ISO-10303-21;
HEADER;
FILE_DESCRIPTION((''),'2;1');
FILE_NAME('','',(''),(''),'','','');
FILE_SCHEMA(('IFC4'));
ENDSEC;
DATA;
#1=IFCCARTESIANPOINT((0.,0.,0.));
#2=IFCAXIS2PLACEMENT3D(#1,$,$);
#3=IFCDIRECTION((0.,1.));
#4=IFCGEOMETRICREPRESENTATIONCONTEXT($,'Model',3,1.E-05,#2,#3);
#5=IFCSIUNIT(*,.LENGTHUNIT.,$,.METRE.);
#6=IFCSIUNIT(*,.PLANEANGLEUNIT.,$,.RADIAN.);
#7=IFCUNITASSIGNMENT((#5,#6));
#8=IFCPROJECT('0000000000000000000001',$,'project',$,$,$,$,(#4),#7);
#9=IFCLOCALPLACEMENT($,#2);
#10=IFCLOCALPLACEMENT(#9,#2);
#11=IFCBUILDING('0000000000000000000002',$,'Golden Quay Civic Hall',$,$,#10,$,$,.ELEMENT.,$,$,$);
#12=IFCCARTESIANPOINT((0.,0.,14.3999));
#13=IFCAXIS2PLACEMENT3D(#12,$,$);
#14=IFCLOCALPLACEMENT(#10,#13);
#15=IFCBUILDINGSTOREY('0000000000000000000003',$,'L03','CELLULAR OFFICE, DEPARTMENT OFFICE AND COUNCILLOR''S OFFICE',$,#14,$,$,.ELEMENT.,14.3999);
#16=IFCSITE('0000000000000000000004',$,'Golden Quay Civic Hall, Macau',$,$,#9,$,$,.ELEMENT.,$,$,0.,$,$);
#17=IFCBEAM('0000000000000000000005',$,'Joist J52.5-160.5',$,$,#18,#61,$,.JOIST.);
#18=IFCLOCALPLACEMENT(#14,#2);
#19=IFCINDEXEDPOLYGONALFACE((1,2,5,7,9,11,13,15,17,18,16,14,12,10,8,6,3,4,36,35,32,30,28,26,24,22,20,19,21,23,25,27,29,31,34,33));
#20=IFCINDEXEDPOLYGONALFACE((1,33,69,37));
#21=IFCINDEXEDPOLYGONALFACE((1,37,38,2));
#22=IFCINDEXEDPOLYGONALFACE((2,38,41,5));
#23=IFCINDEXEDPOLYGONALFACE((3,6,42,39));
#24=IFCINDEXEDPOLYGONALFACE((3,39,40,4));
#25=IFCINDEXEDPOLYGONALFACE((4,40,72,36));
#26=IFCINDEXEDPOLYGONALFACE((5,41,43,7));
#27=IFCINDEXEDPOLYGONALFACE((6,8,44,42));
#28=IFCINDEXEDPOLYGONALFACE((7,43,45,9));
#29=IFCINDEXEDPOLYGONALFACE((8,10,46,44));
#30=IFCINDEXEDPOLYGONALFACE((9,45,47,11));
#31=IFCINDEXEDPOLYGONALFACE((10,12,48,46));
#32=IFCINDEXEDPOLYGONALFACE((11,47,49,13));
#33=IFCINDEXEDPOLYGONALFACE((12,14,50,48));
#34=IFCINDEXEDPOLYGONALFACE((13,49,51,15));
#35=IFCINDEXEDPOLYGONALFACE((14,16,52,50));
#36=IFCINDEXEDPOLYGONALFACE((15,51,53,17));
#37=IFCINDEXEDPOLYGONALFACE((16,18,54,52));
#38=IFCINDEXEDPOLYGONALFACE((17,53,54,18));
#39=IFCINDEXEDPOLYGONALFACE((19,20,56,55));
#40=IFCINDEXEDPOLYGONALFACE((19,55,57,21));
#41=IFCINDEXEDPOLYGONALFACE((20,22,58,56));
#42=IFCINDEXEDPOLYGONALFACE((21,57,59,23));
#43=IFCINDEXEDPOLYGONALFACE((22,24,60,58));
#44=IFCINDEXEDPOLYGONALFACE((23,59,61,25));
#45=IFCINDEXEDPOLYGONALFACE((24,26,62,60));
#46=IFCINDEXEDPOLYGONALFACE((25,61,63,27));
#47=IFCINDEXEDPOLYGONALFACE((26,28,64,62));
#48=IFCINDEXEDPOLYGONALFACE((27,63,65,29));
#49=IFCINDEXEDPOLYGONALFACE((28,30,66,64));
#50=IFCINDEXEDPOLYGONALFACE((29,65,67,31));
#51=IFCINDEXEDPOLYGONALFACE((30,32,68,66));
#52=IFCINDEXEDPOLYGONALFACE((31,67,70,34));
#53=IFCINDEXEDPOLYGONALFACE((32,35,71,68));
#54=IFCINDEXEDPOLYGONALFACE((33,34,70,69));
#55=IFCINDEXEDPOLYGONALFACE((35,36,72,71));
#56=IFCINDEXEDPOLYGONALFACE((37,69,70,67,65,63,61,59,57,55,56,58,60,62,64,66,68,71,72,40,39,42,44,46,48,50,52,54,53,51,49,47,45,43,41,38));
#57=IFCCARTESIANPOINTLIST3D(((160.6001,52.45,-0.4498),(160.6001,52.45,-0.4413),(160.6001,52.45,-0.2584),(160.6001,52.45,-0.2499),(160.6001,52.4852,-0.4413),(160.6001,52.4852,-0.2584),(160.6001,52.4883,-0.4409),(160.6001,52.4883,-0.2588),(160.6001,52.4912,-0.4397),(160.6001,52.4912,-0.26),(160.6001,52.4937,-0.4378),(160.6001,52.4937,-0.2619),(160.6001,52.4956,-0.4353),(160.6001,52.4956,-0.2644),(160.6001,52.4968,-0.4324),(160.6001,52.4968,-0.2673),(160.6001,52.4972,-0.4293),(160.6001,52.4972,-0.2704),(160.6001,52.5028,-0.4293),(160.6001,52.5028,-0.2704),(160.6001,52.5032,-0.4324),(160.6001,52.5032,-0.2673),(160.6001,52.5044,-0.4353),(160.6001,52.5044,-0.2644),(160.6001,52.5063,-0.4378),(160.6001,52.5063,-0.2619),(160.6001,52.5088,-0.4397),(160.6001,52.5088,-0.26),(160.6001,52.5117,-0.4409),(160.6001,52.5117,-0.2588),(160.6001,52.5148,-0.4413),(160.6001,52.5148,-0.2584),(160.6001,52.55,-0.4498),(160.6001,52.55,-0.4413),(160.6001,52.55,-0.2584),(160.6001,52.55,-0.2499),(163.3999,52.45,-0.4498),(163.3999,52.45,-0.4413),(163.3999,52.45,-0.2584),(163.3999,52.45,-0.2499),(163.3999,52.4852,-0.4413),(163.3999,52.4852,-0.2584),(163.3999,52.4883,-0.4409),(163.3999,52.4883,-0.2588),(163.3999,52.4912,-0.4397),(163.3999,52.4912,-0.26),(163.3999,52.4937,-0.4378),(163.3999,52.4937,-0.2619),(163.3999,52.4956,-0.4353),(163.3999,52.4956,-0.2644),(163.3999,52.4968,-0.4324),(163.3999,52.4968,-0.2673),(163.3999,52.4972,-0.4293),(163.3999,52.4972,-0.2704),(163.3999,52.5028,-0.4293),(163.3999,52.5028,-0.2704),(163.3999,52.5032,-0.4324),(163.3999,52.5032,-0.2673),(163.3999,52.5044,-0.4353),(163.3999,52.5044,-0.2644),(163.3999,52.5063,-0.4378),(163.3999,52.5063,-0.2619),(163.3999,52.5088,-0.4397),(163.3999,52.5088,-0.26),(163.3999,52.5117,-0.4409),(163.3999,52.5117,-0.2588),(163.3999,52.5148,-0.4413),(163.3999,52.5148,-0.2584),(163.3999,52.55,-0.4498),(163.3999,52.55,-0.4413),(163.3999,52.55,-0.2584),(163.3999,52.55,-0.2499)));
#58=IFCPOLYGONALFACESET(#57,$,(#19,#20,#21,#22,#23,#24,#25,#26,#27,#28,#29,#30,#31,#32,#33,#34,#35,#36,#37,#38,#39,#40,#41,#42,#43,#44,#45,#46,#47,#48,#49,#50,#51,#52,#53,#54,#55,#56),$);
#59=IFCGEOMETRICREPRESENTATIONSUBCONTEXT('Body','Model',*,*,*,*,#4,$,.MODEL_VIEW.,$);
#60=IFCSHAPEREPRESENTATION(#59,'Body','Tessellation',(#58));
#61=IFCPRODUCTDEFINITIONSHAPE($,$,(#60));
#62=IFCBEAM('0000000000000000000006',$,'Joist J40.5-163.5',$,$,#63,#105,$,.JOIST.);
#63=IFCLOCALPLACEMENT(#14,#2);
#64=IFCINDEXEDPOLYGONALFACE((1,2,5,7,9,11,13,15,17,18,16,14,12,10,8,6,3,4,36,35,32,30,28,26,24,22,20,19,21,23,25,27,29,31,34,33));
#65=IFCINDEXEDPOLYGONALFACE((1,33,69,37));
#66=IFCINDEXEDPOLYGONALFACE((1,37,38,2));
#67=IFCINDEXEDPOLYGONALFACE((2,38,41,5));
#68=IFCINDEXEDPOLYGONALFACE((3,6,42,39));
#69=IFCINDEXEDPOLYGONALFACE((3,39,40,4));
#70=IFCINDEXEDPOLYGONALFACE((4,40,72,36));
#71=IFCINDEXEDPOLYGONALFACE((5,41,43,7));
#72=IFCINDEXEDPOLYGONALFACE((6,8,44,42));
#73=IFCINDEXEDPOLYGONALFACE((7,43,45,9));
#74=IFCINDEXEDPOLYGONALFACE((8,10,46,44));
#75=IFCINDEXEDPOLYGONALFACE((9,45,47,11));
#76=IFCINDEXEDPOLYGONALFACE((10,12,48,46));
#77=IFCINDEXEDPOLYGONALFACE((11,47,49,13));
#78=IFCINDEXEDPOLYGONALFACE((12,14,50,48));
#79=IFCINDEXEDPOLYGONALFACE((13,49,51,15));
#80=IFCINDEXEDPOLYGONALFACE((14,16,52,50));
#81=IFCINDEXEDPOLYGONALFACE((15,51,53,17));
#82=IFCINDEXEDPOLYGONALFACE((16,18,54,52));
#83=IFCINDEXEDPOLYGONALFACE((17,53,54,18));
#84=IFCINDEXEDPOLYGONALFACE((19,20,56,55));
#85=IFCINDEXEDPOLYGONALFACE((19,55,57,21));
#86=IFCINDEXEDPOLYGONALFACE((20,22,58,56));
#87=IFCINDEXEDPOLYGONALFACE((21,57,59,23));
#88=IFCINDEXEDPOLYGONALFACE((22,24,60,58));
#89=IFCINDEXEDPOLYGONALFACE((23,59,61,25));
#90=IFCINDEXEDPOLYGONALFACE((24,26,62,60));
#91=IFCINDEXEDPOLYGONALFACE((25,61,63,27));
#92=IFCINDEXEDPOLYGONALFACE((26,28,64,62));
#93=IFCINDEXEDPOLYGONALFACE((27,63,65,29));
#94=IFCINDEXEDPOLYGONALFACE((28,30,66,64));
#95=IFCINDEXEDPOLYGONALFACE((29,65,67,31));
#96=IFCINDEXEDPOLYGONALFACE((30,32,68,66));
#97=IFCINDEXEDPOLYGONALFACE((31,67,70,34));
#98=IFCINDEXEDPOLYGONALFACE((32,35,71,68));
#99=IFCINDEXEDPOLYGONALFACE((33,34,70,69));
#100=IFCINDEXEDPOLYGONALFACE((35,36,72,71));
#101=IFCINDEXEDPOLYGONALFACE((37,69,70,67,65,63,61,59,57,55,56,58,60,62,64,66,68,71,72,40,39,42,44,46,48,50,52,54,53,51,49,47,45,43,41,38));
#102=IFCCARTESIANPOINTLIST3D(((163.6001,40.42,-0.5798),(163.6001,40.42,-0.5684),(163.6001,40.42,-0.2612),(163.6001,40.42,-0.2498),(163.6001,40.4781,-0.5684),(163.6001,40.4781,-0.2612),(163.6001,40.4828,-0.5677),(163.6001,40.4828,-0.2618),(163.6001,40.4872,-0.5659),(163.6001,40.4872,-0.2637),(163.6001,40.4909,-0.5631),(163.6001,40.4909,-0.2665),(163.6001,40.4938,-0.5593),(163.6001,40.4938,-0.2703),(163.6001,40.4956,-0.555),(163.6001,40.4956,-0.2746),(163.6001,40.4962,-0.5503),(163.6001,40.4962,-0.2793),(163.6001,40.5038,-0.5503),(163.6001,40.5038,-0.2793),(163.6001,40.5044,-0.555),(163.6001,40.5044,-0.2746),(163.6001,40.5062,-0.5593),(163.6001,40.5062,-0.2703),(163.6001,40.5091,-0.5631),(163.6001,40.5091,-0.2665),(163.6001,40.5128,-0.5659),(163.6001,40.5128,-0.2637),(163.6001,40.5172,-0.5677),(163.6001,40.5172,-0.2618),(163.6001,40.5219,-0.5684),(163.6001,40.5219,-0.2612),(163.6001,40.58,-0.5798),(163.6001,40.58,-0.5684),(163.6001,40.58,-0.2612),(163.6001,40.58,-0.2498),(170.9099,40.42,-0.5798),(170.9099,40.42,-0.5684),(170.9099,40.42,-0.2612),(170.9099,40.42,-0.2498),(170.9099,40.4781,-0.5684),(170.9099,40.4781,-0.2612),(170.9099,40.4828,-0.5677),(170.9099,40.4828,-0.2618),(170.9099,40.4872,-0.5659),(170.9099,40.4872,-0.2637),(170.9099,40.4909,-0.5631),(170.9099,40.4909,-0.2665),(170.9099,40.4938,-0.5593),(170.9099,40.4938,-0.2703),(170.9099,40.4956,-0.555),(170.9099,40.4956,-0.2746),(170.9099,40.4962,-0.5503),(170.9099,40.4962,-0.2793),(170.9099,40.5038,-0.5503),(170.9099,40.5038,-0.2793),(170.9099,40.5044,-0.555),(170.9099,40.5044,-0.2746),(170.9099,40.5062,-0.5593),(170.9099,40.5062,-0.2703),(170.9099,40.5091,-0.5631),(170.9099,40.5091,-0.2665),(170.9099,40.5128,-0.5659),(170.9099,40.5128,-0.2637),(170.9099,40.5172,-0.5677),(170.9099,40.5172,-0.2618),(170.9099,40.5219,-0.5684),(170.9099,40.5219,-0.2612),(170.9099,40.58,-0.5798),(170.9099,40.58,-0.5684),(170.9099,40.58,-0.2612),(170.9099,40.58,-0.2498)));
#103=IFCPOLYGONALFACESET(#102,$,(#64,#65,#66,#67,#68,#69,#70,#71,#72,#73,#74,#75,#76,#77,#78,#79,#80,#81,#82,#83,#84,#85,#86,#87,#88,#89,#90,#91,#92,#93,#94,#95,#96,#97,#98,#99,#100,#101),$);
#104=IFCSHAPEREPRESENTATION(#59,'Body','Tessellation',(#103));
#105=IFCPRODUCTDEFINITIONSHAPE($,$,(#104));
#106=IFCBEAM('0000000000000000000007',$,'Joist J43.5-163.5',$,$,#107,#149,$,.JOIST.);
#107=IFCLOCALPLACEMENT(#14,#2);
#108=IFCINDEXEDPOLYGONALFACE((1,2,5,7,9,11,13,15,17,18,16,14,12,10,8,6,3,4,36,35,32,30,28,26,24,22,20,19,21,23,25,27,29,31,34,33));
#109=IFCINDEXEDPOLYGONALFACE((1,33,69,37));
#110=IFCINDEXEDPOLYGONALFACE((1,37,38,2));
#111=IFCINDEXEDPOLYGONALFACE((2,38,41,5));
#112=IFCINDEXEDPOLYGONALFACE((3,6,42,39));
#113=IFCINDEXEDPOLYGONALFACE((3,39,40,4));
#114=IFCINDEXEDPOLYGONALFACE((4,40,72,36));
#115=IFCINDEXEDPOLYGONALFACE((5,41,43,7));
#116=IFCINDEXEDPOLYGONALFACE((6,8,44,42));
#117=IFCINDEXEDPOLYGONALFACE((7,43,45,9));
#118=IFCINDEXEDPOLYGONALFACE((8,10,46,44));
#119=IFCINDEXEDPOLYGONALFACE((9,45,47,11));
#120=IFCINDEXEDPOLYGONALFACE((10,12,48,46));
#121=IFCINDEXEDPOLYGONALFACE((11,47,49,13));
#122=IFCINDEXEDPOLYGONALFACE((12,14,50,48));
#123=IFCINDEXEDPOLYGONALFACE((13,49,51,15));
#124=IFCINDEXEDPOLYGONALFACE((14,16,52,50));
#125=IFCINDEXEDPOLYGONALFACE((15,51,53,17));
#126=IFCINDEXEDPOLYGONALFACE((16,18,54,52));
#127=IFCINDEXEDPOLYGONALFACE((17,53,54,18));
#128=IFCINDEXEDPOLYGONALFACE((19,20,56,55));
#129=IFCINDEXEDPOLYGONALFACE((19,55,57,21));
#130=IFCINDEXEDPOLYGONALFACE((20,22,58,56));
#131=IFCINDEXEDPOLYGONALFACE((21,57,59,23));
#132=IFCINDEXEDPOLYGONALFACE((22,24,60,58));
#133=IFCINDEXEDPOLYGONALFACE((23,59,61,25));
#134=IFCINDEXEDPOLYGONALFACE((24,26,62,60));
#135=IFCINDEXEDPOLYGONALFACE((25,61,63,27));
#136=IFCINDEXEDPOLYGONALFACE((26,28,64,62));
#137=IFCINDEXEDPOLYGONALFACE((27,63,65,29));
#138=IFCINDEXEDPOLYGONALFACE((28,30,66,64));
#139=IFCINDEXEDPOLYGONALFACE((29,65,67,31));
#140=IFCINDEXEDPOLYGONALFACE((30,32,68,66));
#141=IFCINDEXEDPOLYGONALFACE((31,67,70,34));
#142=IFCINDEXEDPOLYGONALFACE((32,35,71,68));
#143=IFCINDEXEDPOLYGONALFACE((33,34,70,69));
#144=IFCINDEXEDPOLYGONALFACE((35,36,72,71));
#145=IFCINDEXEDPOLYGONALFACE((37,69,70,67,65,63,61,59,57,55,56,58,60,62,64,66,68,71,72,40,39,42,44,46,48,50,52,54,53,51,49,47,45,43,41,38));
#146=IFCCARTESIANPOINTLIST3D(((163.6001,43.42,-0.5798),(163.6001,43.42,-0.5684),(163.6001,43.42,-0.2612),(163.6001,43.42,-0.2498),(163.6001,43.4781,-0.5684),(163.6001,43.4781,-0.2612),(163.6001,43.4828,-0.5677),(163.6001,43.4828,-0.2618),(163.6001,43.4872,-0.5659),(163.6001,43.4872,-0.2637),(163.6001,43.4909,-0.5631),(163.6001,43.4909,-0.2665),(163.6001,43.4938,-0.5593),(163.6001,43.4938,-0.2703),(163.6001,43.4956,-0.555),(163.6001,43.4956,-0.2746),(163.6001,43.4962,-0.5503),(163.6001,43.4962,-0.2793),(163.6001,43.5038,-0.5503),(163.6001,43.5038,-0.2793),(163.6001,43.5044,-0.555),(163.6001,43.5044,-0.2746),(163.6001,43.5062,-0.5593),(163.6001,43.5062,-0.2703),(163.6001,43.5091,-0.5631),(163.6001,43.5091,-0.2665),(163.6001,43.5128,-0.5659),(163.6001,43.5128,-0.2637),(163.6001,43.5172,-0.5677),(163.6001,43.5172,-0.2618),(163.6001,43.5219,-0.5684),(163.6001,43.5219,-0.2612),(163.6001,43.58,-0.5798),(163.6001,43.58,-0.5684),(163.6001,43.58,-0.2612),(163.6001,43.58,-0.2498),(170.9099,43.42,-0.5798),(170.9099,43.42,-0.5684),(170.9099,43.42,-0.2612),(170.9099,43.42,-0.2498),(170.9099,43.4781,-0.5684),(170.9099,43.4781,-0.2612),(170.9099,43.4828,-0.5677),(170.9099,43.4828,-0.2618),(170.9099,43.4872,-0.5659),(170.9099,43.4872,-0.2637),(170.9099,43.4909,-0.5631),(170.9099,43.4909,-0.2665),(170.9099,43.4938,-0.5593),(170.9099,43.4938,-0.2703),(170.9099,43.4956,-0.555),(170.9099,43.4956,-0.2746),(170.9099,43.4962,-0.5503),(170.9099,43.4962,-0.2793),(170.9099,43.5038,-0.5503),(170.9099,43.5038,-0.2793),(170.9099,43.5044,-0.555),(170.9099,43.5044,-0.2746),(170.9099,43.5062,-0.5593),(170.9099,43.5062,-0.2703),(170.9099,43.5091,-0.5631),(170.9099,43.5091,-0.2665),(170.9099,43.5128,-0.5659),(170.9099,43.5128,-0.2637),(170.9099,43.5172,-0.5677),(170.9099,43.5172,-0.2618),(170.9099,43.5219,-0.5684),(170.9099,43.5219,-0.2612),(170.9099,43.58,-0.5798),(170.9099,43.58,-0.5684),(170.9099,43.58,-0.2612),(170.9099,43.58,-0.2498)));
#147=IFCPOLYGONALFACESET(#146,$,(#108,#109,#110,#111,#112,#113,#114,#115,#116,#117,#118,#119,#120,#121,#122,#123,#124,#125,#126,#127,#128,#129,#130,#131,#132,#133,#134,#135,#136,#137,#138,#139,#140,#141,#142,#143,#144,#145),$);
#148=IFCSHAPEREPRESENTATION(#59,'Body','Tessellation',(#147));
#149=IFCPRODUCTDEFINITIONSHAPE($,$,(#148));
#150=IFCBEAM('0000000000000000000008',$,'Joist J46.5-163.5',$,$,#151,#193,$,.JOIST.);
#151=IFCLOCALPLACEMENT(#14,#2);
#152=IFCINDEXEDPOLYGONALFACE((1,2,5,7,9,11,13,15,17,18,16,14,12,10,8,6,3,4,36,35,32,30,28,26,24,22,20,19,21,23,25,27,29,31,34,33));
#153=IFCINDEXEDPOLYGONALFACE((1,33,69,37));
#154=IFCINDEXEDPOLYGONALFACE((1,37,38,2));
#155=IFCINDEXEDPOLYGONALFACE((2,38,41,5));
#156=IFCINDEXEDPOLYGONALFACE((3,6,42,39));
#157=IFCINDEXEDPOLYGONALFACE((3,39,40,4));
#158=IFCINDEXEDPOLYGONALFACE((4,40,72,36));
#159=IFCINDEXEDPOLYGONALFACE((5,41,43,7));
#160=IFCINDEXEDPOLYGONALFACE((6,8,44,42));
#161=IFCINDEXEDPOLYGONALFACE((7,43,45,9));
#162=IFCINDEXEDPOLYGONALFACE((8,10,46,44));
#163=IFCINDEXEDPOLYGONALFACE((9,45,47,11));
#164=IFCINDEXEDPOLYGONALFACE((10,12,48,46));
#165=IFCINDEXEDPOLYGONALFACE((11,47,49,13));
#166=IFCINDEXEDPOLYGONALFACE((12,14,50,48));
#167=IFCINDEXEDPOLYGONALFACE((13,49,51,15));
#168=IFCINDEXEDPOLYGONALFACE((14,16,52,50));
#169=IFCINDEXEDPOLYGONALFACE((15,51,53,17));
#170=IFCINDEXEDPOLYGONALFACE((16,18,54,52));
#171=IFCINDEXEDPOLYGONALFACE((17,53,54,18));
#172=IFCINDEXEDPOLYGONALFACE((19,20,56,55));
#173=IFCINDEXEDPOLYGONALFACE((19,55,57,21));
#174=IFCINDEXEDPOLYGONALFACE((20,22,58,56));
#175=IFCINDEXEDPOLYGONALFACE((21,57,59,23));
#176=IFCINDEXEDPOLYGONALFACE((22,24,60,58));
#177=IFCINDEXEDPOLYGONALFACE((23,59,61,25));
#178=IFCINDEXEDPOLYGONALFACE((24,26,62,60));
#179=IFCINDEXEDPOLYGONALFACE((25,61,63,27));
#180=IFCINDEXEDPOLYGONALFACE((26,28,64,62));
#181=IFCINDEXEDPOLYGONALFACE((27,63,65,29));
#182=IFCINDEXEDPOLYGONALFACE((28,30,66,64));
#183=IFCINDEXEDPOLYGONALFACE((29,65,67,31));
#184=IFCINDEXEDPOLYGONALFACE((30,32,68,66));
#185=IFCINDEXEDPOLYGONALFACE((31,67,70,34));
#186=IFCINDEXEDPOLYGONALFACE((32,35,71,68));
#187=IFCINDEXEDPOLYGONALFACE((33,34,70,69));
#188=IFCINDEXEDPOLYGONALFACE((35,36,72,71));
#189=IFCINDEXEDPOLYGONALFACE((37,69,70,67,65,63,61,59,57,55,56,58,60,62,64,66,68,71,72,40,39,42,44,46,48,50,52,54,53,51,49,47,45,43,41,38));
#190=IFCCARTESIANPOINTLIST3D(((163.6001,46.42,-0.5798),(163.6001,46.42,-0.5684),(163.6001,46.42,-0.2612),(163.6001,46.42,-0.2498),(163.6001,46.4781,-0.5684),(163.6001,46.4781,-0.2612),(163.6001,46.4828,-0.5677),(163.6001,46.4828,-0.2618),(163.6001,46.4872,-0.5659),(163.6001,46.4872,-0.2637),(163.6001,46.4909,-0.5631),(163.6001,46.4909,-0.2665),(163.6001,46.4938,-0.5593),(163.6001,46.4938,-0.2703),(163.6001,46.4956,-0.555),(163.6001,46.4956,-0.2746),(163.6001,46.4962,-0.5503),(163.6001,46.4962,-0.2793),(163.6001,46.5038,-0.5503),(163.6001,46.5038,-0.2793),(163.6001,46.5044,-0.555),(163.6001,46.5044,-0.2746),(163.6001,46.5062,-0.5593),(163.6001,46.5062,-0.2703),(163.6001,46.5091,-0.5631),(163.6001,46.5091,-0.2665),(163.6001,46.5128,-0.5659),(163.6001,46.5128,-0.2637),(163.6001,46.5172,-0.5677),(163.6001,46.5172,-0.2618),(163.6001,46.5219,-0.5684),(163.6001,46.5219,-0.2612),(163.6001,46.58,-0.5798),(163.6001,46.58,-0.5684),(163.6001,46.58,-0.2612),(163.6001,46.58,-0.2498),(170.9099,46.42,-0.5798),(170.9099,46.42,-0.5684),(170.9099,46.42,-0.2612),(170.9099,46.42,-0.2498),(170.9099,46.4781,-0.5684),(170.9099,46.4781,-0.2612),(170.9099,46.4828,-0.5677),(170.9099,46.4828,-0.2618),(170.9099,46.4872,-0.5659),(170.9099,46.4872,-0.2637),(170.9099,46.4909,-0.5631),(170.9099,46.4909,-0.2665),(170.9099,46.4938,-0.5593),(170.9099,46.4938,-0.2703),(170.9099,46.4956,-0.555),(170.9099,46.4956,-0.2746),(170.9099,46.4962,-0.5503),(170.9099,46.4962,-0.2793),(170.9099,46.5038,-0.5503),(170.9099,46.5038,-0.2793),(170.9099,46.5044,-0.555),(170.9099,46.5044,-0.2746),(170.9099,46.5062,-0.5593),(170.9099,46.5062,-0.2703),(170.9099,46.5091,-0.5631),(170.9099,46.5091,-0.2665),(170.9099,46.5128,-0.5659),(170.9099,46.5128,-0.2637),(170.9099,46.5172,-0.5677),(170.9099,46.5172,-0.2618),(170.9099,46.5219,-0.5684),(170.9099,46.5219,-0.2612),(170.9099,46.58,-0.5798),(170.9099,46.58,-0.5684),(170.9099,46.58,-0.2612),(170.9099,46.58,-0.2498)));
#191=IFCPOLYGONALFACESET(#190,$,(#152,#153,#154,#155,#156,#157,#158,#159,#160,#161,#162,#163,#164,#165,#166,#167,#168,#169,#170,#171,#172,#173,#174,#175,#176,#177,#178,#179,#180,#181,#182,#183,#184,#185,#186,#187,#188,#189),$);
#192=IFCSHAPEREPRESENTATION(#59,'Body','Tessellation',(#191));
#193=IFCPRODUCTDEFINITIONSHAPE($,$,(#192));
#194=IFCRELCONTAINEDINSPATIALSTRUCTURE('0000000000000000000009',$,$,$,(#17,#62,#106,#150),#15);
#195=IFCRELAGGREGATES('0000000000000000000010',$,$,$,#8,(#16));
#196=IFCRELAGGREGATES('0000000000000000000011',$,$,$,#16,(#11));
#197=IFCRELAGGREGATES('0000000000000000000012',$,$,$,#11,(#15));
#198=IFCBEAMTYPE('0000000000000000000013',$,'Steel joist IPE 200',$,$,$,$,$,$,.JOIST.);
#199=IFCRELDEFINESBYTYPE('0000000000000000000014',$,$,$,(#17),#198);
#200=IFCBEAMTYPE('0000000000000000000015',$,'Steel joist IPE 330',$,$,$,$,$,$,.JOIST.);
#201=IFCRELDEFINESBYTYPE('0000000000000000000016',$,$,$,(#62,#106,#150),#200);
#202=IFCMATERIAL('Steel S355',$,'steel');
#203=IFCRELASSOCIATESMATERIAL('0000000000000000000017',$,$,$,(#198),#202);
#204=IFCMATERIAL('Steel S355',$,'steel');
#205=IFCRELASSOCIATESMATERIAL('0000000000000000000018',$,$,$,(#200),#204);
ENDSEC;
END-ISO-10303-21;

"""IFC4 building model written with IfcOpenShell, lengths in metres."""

from ifc_helpers import new_model, si_unit, direction, frame, origin, origin_2d, place, context, subcontext, project, spatial, i_section, extrude, material, material_profile, profile_set, type_object, element, save


model = new_model("IFC4")

# Units and contexts
model_context = context("Model", 3, precision=1e-05, world=origin(), true_north=direction((0.0, 1.0)))
body_context = subcontext(model_context, "Body", "Model", "MODEL_VIEW")
ifc_project = project(units=[si_unit("LENGTHUNIT", "METRE"), si_unit("PLANEANGLEUNIT", "RADIAN")], contexts=[model_context])

# Site, building, storey
site_placement = place(None, origin())
site = spatial("IfcSite", under=ifc_project, at=site_placement, Name="Golden Quay Civic Hall, Macau", CompositionType="ELEMENT", RefElevation=0.0)
building_placement = place(site_placement, origin())
building = spatial("IfcBuilding", under=site, at=building_placement, Name="Golden Quay Civic Hall", CompositionType="ELEMENT")
storey_placement = place(building_placement, frame((0.0, 0.0, 14.3999)))
storey = spatial("IfcBuildingStorey", under=building, at=storey_placement, Name="L03", Description="CELLULAR OFFICE, DEPARTMENT OFFICE AND COUNCILLOR'S OFFICE", CompositionType="ELEMENT", Elevation=14.3999)

# Beams
ifc_material_1 = material(Name="Steel S355", Category="steel")
ifc_material_profile_1 = material_profile(ifc_material_1, i_section(OverallWidth=0.1001, OverallDepth=0.2, WebThickness=0.0056, FlangeThickness=0.0085, FilletRadius=0.012, at=origin_2d()), Name="IPE 200")
ifc_profile_set_1 = profile_set([ifc_material_profile_1], Name="Steel S355")
beam_type_1 = type_object("IfcBeamType", Name="Steel joist IPE 200", PredefinedType="JOIST", material=ifc_profile_set_1)
for number, where, z_axis, x_axis, name in (
    (1, (160.6001, 52.5, -0.3499), (1.0, 0.0, 0.0), (0.0, 1.0, 0.0), "Joist J52.5-160.5"),
):
    element("IfcBeam", number, at=place(storey_placement, frame(where, z_axis=z_axis, x_axis=x_axis)), inside=storey, type_object=beam_type_1, Name=name, PredefinedType="JOIST", context=body_context, shape_type="SweptSolid", body=[
        extrude(i_section(OverallWidth=0.1001, OverallDepth=0.2, WebThickness=0.0056, FlangeThickness=0.0085, FilletRadius=0.012, at=origin_2d()), origin(), (0.0, 0.0, 1.0), 2.7998),
    ])
ifc_material_2 = material(Name="Steel S355", Category="steel")
ifc_material_profile_2 = material_profile(ifc_material_2, i_section(OverallWidth=0.1599, OverallDepth=0.3301, WebThickness=0.0076, FlangeThickness=0.0115, FilletRadius=0.0181, at=origin_2d()), Name="IPE 330")
ifc_profile_set_2 = profile_set([ifc_material_profile_2], Name="Steel S355")
beam_type_2 = type_object("IfcBeamType", Name="Steel joist IPE 330", PredefinedType="JOIST", material=ifc_profile_set_2)
for number, where, z_axis, x_axis, name in (
    (2, (163.6001, 40.5, -0.4148), (1.0, 0.0, 0.0), (0.0, 1.0, 0.0), "Joist J40.5-163.5"),
    (3, (163.6001, 43.5, -0.4148), (1.0, 0.0, 0.0), (0.0, 1.0, 0.0), "Joist J43.5-163.5"),
    (4, (163.6001, 46.5, -0.4148), (1.0, 0.0, 0.0), (0.0, 1.0, 0.0), "Joist J46.5-163.5"),
):
    element("IfcBeam", number, at=place(storey_placement, frame(where, z_axis=z_axis, x_axis=x_axis)), inside=storey, type_object=beam_type_2, Name=name, PredefinedType="JOIST", context=body_context, shape_type="SweptSolid", body=[
        extrude(i_section(OverallWidth=0.1599, OverallDepth=0.3301, WebThickness=0.0076, FlangeThickness=0.0115, FilletRadius=0.0181, at=origin_2d()), origin(), (0.0, 0.0, 1.0), 7.3098),
    ])

save(model, "model.ifc")
